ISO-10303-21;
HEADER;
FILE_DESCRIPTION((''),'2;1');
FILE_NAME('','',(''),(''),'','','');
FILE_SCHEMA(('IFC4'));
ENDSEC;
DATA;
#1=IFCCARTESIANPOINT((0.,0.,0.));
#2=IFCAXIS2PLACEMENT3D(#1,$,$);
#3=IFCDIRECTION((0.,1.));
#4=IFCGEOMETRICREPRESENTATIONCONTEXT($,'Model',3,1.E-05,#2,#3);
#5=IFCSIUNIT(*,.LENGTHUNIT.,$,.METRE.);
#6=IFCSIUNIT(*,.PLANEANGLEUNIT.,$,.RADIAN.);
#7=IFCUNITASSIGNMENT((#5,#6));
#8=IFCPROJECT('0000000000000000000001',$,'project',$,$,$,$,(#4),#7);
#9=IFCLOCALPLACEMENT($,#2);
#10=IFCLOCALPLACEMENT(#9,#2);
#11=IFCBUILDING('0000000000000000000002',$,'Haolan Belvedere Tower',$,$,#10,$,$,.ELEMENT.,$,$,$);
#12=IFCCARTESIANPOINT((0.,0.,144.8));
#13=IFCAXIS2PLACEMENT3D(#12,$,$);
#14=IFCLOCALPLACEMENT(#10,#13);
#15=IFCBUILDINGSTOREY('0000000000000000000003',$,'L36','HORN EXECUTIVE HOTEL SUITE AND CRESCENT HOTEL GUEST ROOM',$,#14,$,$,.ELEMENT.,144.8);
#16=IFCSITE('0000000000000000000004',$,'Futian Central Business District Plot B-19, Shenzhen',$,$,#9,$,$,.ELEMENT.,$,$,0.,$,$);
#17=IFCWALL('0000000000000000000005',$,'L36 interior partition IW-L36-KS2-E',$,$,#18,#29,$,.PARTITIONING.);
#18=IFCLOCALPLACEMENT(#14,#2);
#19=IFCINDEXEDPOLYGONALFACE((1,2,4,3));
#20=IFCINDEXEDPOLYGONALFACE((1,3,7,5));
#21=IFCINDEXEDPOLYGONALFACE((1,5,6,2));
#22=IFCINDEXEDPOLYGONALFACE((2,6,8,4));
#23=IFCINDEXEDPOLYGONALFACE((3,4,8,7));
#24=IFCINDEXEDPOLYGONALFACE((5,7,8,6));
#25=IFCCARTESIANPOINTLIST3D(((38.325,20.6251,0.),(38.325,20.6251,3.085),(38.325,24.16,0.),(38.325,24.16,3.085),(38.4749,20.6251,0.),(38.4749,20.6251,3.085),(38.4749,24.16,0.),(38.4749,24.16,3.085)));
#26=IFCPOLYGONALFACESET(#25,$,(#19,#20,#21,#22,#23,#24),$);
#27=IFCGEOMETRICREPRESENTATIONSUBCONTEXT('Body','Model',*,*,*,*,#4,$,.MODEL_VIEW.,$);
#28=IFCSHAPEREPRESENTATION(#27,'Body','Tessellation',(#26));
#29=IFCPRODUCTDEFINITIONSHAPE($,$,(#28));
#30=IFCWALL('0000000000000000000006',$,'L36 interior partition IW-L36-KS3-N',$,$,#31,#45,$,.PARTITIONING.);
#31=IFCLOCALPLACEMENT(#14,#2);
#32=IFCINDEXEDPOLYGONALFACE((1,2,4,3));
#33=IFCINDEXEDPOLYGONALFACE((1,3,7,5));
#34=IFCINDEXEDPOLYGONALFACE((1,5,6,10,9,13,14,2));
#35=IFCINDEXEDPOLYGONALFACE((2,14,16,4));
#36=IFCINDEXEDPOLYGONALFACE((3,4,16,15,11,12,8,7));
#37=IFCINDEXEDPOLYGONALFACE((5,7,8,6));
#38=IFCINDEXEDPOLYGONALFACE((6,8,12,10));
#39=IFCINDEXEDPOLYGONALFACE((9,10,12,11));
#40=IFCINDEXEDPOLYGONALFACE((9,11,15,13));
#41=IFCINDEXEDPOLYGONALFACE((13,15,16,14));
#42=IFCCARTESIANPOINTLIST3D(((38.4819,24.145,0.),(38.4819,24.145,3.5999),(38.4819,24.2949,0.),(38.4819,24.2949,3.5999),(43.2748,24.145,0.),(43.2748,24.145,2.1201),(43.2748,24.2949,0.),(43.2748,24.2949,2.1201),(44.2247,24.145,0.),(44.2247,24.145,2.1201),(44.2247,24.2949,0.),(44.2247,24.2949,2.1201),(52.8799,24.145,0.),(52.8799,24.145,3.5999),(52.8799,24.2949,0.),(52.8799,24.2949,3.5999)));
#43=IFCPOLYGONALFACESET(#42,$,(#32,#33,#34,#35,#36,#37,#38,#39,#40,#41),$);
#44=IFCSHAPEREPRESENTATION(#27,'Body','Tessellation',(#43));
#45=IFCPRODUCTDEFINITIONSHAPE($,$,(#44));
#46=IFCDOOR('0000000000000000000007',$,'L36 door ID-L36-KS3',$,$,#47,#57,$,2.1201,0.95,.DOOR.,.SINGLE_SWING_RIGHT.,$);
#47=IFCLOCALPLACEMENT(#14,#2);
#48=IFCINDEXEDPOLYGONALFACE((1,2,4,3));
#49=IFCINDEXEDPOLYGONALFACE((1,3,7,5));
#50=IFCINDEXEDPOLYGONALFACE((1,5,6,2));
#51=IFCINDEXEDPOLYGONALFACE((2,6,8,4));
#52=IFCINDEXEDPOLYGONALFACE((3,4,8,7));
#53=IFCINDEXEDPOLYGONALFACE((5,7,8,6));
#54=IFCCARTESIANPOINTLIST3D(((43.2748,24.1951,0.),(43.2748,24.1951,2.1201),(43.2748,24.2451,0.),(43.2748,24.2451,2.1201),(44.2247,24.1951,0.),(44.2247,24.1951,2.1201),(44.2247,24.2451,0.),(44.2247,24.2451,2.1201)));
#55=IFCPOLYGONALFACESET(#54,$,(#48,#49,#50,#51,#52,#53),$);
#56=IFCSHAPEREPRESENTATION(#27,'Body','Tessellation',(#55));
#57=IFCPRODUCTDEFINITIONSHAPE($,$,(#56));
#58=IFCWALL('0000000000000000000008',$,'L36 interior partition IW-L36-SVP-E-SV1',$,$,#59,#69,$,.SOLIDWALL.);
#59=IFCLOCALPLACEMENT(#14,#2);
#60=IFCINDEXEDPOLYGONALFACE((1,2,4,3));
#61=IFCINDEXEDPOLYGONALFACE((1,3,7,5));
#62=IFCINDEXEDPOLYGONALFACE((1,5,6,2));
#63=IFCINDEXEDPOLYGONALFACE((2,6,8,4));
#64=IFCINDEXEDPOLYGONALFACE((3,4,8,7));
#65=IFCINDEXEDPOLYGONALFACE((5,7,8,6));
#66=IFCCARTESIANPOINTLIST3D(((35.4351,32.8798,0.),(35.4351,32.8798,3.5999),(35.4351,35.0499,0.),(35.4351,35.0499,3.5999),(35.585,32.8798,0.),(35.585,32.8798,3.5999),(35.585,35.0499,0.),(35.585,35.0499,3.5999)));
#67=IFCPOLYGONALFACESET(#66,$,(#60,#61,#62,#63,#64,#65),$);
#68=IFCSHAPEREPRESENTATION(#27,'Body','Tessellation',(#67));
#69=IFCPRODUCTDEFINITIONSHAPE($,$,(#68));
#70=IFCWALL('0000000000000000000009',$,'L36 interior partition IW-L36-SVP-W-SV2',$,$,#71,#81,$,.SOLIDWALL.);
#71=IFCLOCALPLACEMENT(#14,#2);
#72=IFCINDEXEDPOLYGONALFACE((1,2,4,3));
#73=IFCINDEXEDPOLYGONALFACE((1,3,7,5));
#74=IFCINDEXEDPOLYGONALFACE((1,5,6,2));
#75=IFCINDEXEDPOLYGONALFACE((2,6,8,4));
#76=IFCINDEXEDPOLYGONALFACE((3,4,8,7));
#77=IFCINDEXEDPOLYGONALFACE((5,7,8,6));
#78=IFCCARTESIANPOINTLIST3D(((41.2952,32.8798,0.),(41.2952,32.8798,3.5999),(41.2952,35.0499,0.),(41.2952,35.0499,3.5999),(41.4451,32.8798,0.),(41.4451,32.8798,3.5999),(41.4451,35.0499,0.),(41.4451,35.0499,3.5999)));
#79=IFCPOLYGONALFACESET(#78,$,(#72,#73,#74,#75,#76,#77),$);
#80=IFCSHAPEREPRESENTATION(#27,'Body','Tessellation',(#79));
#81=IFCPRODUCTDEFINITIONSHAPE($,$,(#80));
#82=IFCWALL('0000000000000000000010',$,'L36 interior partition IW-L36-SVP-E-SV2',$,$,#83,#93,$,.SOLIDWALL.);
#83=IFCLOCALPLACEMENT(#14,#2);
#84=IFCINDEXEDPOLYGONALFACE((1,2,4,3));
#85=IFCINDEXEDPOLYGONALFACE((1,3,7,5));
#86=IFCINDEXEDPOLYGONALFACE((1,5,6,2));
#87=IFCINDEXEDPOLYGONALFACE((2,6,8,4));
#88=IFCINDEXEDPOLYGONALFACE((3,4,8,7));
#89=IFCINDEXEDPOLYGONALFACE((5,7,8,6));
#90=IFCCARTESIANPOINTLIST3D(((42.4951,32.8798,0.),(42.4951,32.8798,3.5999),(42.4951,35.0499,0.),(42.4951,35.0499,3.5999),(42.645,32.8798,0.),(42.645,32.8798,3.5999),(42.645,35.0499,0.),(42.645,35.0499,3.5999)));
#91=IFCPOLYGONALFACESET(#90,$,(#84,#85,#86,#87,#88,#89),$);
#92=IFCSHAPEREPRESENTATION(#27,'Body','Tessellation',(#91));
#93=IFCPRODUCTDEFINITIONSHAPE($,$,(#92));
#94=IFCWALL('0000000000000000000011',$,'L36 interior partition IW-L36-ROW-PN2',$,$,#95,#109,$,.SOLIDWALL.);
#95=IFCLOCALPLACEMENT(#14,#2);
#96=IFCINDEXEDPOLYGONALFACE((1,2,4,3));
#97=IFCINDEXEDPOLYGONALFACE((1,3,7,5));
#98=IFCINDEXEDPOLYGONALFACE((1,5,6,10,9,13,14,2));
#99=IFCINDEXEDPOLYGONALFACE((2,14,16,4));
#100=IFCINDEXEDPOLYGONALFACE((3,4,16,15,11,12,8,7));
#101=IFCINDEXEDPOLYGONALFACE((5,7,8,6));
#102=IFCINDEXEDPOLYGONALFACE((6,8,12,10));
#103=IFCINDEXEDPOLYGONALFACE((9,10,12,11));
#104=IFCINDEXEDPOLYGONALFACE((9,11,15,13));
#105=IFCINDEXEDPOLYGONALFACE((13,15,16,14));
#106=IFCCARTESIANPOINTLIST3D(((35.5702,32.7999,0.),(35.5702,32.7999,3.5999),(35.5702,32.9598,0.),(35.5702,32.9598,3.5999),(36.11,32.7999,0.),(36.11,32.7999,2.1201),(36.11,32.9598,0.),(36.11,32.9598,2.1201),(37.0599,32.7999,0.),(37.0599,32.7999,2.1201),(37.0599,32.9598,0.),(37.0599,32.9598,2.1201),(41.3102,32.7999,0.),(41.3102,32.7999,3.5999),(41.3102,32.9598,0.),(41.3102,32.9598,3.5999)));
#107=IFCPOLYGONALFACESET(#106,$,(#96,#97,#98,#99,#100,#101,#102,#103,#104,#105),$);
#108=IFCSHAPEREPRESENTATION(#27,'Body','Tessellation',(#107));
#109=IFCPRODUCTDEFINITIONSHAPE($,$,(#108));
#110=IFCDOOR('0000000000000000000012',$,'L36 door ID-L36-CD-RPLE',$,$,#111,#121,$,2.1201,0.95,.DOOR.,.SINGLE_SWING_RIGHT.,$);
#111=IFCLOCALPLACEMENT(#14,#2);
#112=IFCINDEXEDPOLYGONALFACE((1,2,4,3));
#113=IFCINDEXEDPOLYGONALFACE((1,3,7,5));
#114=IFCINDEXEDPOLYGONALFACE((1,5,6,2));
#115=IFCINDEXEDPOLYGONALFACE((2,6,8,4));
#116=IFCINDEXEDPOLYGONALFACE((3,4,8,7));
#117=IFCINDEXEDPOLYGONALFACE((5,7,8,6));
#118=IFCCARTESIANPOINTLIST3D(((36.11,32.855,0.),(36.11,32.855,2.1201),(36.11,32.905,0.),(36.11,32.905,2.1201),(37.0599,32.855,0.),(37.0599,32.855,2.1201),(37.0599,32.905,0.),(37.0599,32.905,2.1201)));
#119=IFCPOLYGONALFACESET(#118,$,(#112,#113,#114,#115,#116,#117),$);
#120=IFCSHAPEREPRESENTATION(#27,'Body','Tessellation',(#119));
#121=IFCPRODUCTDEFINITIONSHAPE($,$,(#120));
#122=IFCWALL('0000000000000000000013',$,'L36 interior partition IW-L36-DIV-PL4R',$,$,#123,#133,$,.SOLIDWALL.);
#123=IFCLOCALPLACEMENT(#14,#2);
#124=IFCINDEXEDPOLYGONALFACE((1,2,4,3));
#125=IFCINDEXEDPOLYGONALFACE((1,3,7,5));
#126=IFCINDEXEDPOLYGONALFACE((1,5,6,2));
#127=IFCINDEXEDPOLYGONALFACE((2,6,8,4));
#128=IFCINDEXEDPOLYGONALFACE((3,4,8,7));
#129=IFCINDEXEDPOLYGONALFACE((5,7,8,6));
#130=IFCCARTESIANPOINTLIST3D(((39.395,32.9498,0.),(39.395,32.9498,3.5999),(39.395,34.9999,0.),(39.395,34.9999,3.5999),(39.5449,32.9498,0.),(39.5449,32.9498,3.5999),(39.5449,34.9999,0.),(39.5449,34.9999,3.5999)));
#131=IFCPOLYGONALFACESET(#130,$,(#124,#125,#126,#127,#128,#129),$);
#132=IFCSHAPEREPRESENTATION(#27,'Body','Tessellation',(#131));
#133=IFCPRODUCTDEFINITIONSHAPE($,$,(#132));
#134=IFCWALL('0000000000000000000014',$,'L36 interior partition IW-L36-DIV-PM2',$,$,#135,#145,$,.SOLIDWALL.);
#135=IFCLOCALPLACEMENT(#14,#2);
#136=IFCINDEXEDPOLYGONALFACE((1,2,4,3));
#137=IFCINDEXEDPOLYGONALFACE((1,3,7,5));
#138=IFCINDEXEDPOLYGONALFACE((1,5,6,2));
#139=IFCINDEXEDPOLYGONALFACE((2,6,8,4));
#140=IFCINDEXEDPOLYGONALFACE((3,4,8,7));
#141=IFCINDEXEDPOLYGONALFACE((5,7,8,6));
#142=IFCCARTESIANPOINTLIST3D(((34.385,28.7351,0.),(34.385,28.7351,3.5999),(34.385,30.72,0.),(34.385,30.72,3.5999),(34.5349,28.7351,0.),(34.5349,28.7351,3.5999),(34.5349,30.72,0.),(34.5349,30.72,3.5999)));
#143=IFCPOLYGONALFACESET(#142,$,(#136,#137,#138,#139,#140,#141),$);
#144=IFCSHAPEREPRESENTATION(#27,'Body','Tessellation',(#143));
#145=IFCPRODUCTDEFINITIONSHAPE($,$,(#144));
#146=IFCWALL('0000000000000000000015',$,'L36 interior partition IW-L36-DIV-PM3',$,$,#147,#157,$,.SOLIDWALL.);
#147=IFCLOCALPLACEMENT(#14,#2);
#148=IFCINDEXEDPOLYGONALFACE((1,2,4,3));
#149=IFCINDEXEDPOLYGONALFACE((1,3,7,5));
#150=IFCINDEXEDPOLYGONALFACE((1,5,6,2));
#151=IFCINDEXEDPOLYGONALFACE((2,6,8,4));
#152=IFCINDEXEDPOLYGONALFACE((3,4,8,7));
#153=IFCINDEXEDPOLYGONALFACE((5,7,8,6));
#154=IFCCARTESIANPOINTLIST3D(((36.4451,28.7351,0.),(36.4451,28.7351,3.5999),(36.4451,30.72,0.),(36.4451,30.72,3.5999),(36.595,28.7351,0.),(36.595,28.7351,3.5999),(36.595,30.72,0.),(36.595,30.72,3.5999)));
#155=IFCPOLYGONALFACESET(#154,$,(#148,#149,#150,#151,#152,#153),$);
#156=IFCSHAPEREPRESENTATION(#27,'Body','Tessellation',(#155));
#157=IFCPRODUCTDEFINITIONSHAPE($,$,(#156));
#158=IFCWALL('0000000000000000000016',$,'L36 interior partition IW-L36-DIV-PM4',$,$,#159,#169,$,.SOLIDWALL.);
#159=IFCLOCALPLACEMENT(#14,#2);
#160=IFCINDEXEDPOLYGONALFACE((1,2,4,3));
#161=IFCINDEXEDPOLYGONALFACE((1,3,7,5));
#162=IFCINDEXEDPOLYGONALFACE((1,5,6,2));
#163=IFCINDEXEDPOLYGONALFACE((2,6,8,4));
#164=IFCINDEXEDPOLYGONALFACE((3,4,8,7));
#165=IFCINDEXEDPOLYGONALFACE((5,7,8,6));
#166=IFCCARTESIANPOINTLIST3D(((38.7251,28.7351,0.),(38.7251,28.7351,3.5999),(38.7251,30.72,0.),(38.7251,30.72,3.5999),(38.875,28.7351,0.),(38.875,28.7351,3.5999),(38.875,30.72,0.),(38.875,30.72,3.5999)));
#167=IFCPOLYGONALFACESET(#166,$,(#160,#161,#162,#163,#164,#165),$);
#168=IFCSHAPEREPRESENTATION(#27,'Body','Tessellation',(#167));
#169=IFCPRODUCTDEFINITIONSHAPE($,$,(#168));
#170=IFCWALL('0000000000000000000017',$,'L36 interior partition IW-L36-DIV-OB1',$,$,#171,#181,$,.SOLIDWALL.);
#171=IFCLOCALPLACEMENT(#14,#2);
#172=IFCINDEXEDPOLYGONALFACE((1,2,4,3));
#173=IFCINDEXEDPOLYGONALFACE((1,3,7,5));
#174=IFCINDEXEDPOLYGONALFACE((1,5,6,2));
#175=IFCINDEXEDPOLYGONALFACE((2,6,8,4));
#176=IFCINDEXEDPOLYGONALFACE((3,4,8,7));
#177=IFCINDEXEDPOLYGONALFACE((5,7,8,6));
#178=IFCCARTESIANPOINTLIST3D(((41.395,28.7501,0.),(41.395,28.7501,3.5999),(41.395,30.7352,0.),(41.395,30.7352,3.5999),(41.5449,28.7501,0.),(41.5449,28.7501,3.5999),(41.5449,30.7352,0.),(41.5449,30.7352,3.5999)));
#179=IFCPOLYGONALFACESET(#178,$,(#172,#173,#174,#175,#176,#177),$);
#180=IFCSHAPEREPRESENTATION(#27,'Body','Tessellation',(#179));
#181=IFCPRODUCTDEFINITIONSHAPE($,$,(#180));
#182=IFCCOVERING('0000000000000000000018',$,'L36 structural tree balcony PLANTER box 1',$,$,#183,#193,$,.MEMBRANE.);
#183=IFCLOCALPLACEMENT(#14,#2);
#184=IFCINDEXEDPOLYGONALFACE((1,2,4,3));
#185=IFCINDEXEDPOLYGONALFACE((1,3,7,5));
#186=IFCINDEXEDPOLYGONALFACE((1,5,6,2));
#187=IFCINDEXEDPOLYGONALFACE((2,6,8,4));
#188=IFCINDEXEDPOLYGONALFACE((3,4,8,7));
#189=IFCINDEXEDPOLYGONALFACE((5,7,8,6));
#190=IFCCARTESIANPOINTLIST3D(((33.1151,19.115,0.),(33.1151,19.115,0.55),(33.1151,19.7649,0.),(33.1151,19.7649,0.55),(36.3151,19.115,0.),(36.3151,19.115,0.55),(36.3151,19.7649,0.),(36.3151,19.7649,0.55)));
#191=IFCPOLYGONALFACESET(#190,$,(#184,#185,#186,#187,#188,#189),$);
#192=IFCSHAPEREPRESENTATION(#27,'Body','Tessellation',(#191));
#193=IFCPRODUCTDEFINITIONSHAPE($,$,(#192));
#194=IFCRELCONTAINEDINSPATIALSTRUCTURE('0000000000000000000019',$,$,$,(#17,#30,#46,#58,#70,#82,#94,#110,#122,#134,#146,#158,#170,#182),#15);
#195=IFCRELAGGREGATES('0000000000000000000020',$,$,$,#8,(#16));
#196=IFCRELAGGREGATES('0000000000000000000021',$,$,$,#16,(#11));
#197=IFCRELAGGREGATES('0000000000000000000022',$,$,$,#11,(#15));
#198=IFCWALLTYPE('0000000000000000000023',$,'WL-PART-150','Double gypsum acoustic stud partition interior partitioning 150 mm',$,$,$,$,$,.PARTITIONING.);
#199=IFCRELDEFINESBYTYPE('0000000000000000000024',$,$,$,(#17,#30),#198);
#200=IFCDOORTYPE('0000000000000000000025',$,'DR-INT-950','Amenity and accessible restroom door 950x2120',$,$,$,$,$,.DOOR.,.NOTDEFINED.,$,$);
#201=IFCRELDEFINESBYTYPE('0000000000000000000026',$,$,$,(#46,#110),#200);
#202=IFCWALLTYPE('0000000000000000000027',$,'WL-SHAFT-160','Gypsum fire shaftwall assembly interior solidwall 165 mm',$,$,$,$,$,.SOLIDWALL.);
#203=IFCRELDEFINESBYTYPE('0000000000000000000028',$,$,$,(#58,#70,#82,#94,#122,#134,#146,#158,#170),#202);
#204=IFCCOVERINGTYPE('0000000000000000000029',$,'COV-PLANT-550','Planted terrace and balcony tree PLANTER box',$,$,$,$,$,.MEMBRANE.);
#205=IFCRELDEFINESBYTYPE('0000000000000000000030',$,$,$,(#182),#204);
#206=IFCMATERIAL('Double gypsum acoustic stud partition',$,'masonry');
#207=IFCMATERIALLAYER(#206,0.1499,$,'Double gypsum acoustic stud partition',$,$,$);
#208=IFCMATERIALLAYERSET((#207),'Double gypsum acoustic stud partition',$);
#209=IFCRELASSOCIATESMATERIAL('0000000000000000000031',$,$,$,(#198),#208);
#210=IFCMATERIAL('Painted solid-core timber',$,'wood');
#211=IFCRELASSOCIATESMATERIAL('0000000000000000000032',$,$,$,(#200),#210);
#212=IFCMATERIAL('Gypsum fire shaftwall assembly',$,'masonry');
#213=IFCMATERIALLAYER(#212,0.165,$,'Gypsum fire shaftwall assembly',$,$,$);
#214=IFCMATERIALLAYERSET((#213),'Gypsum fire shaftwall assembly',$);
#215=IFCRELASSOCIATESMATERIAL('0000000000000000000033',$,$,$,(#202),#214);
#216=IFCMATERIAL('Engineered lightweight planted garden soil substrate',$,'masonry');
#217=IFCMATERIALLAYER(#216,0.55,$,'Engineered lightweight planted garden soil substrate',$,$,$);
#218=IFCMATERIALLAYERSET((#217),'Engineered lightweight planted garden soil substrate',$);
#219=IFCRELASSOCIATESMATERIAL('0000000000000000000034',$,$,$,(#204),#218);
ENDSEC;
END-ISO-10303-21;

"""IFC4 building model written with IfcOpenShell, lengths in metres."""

from ifc_helpers import new_model, si_unit, direction, frame, frame_2d, origin, origin_2d, place, context, subcontext, project, spatial, rectangle, extrude, material, layer, layer_set, type_object, element, fill, save


model = new_model("IFC4")

# Units and contexts
model_context = context("Model", 3, precision=1e-05, world=origin(), true_north=direction((0.0, 1.0)))
body_context = subcontext(model_context, "Body", "Model", "MODEL_VIEW")
ifc_project = project(units=[si_unit("LENGTHUNIT", "METRE"), si_unit("PLANEANGLEUNIT", "RADIAN")], contexts=[model_context])

# Site, building, storey
site_placement = place(None, origin())
site = spatial("IfcSite", under=ifc_project, at=site_placement, Name="Futian Central Business District Plot B-19, Shenzhen", CompositionType="ELEMENT", RefElevation=0.0)
building_placement = place(site_placement, origin())
building = spatial("IfcBuilding", under=site, at=building_placement, Name="Haolan Belvedere Tower", CompositionType="ELEMENT")
storey_placement = place(building_placement, frame((0.0, 0.0, 144.8)))
storey = spatial("IfcBuildingStorey", under=building, at=storey_placement, Name="L36", Description="HORN EXECUTIVE HOTEL SUITE AND CRESCENT HOTEL GUEST ROOM", CompositionType="ELEMENT", Elevation=144.8)

# Wall
ifc_material_1 = material(Name="Double gypsum acoustic stud partition", Category="masonry")
ifc_layer_1 = layer(ifc_material_1, 0.1499, Name="Double gypsum acoustic stud partition")
ifc_layer_set_1 = layer_set([ifc_layer_1], Name="Double gypsum acoustic stud partition")
wall_type_1 = type_object("IfcWallType", Name="WL-PART-150", Description="Double gypsum acoustic stud partition interior partitioning 150 mm", PredefinedType="PARTITIONING", material=ifc_layer_set_1)
wall_1_placement = place(storey_placement, frame((38.3999, 20.625, 0.0), z_axis=(0.0, 0.0, 1.0), x_axis=(0.0, 1.0, 0.0)))
element("IfcWall", 1, at=wall_1_placement, inside=storey, type_object=wall_type_1, Name="L36 interior partition IW-L36-KS2-E", PredefinedType="PARTITIONING", context=body_context, shape_type="SweptSolid", body=[
    extrude(rectangle(XDim=3.5349, YDim=0.1499, at=frame_2d((1.7676, 0.0))), origin(), (0.0, 0.0, 1.0), 3.085),
])

# Wall, opening, door
wall_2_placement = place(storey_placement, frame((38.4819, 24.22, 0.0), z_axis=(0.0, 0.0, 1.0), x_axis=(1.0, 0.0, 0.0)))
wall_2 = element("IfcWall", 2, at=wall_2_placement, inside=storey, type_object=wall_type_1, Name="L36 interior partition IW-L36-KS3-N", PredefinedType="PARTITIONING", context=body_context, shape_type="SweptSolid", body=[
    extrude(rectangle(XDim=14.3979, YDim=0.1499, at=frame_2d((7.199, 0.0))), origin(), (0.0, 0.0, 1.0), 3.5999),
])
opening_1_placement = place(wall_2_placement, frame((5.7429, 0.0, 0.0), z_axis=(0.0, 0.0, 1.0), x_axis=(-1.0, 0.0, 0.0)))
opening_1 = element("IfcOpeningElement", 3, at=opening_1_placement, cuts=wall_2, PredefinedType="OPENING", context=body_context, shape_type="SweptSolid", body=[
    extrude(rectangle(XDim=0.95, YDim=2.1201, at=frame_2d((0.4751, 1.0601))), frame((0.0, 0.085, 0.0), z_axis=(0.0, -1.0, 0.0), x_axis=(1.0, 0.0, 0.0)), (0.0, 0.0, 1.0), 0.1699),
])
ifc_material_2 = material(Name="Painted solid-core timber", Category="wood")
door_type = type_object("IfcDoorType", Name="DR-INT-950", Description="Amenity and accessible restroom door 950x2120", OperationType="NOTDEFINED", PredefinedType="DOOR", material=ifc_material_2)
door_1_placement = place(opening_1_placement, origin())
door_1 = element("IfcDoor", 4, at=door_1_placement, inside=storey, type_object=door_type, Name="L36 door ID-L36-KS3", OperationType="SINGLE_SWING_RIGHT", OverallHeight=2.1201, OverallWidth=0.95, PredefinedType="DOOR", context=body_context, shape_type="SweptSolid", body=[
    extrude(rectangle(XDim=0.95, YDim=2.1201, at=frame_2d((0.4751, 1.0601))), frame((0.0, 0.0249, 0.0), z_axis=(0.0, -1.0, 0.0), x_axis=(1.0, 0.0, 0.0)), (0.0, 0.0, 1.0), 0.05),
])
fill(opening_1, door_1)

# Walls
ifc_material_3 = material(Name="Gypsum fire shaftwall assembly", Category="masonry")
ifc_layer_2 = layer(ifc_material_3, 0.165, Name="Gypsum fire shaftwall assembly")
ifc_layer_set_2 = layer_set([ifc_layer_2], Name="Gypsum fire shaftwall assembly")
wall_type_2 = type_object("IfcWallType", Name="WL-SHAFT-160", Description="Gypsum fire shaftwall assembly interior solidwall 165 mm", PredefinedType="SOLIDWALL", material=ifc_layer_set_2)
for number, where, z_axis, x_axis, name in (
    (5, (35.51, 32.8799, 0.0), (0.0, 0.0, 1.0), (0.0, 1.0, 0.0), "L36 interior partition IW-L36-SVP-E-SV1"),
    (6, (41.3701, 32.8799, 0.0), (0.0, 0.0, 1.0), (0.0, 1.0, 0.0), "L36 interior partition IW-L36-SVP-W-SV2"),
    (7, (42.5701, 32.8799, 0.0), (0.0, 0.0, 1.0), (0.0, 1.0, 0.0), "L36 interior partition IW-L36-SVP-E-SV2"),
):
    element("IfcWall", number, at=place(storey_placement, frame(where, z_axis=z_axis, x_axis=x_axis)), inside=storey, type_object=wall_type_2, Name=name, PredefinedType="SOLIDWALL", context=body_context, shape_type="SweptSolid", body=[
        extrude(rectangle(XDim=2.1702, YDim=0.1499, at=frame_2d((1.085, 0.0))), origin(), (0.0, 0.0, 1.0), 3.5999),
    ])

# Wall, opening, door
wall_3_placement = place(storey_placement, frame((35.5701, 32.8799, 0.0), z_axis=(0.0, 0.0, 1.0), x_axis=(1.0, 0.0, 0.0)))
wall_3 = element("IfcWall", 8, at=wall_3_placement, inside=storey, type_object=wall_type_2, Name="L36 interior partition IW-L36-ROW-PN2", PredefinedType="SOLIDWALL", context=body_context, shape_type="SweptSolid", body=[
    extrude(rectangle(XDim=5.74, YDim=0.1599, at=frame_2d((2.8701, 0.0))), origin(), (0.0, 0.0, 1.0), 3.5999),
])
opening_2_placement = place(wall_3_placement, frame((1.49, 0.0, 0.0), z_axis=(0.0, 0.0, 1.0), x_axis=(-1.0, 0.0, 0.0)))
opening_2 = element("IfcOpeningElement", 9, at=opening_2_placement, cuts=wall_3, PredefinedType="OPENING", context=body_context, shape_type="SweptSolid", body=[
    extrude(rectangle(XDim=0.95, YDim=2.1201, at=frame_2d((0.4751, 1.0601))), frame((0.0, 0.0898, 0.0), z_axis=(0.0, -1.0, 0.0), x_axis=(1.0, 0.0, 0.0)), (0.0, 0.0, 1.0), 0.1799),
])
door_2_placement = place(opening_2_placement, origin())
door_2 = element("IfcDoor", 10, at=door_2_placement, inside=storey, type_object=door_type, Name="L36 door ID-L36-CD-RPLE", OperationType="SINGLE_SWING_RIGHT", OverallHeight=2.1201, OverallWidth=0.95, PredefinedType="DOOR", context=body_context, shape_type="SweptSolid", body=[
    extrude(rectangle(XDim=0.95, YDim=2.1201, at=frame_2d((0.4751, 1.0601))), frame((0.0, 0.0249, 0.0), z_axis=(0.0, -1.0, 0.0), x_axis=(1.0, 0.0, 0.0)), (0.0, 0.0, 1.0), 0.05),
])
fill(opening_2, door_2)

# Walls
wall_4_placement = place(storey_placement, frame((39.47, 32.95, 0.0), z_axis=(0.0, 0.0, 1.0), x_axis=(0.0, 1.0, 0.0)))
element("IfcWall", 11, at=wall_4_placement, inside=storey, type_object=wall_type_2, Name="L36 interior partition IW-L36-DIV-PL4R", PredefinedType="SOLIDWALL", context=body_context, shape_type="SweptSolid", body=[
    extrude(rectangle(XDim=2.05, YDim=0.1499, at=frame_2d((1.0249, 0.0))), origin(), (0.0, 0.0, 1.0), 3.5999),
])
for number, where, z_axis, x_axis, name in (
    (12, (34.46, 28.7351, 0.0), (0.0, 0.0, 1.0), (0.0, 1.0, 0.0), "L36 interior partition IW-L36-DIV-PM2"),
    (13, (36.52, 28.7351, 0.0), (0.0, 0.0, 1.0), (0.0, 1.0, 0.0), "L36 interior partition IW-L36-DIV-PM3"),
    (14, (38.8, 28.7351, 0.0), (0.0, 0.0, 1.0), (0.0, 1.0, 0.0), "L36 interior partition IW-L36-DIV-PM4"),
):
    element("IfcWall", number, at=place(storey_placement, frame(where, z_axis=z_axis, x_axis=x_axis)), inside=storey, type_object=wall_type_2, Name=name, PredefinedType="SOLIDWALL", context=body_context, shape_type="SweptSolid", body=[
        extrude(rectangle(XDim=1.9849, YDim=0.1499, at=frame_2d((0.9924, 0.0))), origin(), (0.0, 0.0, 1.0), 3.5999),
    ])
wall_5_placement = place(storey_placement, frame((41.47, 28.75, 0.0), z_axis=(0.0, 0.0, 1.0), x_axis=(0.0, 1.0, 0.0)))
element("IfcWall", 15, at=wall_5_placement, inside=storey, type_object=wall_type_2, Name="L36 interior partition IW-L36-DIV-OB1", PredefinedType="SOLIDWALL", context=body_context, shape_type="SweptSolid", body=[
    extrude(rectangle(XDim=1.9851, YDim=0.1499, at=frame_2d((0.9927, 0.0))), origin(), (0.0, 0.0, 1.0), 3.5999),
])

# Covering
ifc_material_4 = material(Name="Engineered lightweight planted garden soil substrate", Category="masonry")
ifc_layer_3 = layer(ifc_material_4, 0.55, Name="Engineered lightweight planted garden soil substrate")
ifc_layer_set_3 = layer_set([ifc_layer_3], Name="Engineered lightweight planted garden soil substrate")
covering_type = type_object("IfcCoveringType", Name="COV-PLANT-550", Description="Planted terrace and balcony tree PLANTER box", PredefinedType="MEMBRANE", material=ifc_layer_set_3)
for number, where, z_axis, x_axis, name in (
    (16, (34.7151, 19.4399, 0.0), (0.0, 0.0, 1.0), (1.0, 0.0, 0.0), "L36 structural tree balcony PLANTER box 1"),
):
    element("IfcCovering", number, at=place(storey_placement, frame(where, z_axis=z_axis, x_axis=x_axis)), inside=storey, type_object=covering_type, Name=name, PredefinedType="MEMBRANE", context=body_context, shape_type="SweptSolid", body=[
        extrude(rectangle(XDim=3.2, YDim=0.6499, at=origin_2d()), origin(), (0.0, 0.0, 1.0), 0.55),
    ])

save(model, "model.ifc")
